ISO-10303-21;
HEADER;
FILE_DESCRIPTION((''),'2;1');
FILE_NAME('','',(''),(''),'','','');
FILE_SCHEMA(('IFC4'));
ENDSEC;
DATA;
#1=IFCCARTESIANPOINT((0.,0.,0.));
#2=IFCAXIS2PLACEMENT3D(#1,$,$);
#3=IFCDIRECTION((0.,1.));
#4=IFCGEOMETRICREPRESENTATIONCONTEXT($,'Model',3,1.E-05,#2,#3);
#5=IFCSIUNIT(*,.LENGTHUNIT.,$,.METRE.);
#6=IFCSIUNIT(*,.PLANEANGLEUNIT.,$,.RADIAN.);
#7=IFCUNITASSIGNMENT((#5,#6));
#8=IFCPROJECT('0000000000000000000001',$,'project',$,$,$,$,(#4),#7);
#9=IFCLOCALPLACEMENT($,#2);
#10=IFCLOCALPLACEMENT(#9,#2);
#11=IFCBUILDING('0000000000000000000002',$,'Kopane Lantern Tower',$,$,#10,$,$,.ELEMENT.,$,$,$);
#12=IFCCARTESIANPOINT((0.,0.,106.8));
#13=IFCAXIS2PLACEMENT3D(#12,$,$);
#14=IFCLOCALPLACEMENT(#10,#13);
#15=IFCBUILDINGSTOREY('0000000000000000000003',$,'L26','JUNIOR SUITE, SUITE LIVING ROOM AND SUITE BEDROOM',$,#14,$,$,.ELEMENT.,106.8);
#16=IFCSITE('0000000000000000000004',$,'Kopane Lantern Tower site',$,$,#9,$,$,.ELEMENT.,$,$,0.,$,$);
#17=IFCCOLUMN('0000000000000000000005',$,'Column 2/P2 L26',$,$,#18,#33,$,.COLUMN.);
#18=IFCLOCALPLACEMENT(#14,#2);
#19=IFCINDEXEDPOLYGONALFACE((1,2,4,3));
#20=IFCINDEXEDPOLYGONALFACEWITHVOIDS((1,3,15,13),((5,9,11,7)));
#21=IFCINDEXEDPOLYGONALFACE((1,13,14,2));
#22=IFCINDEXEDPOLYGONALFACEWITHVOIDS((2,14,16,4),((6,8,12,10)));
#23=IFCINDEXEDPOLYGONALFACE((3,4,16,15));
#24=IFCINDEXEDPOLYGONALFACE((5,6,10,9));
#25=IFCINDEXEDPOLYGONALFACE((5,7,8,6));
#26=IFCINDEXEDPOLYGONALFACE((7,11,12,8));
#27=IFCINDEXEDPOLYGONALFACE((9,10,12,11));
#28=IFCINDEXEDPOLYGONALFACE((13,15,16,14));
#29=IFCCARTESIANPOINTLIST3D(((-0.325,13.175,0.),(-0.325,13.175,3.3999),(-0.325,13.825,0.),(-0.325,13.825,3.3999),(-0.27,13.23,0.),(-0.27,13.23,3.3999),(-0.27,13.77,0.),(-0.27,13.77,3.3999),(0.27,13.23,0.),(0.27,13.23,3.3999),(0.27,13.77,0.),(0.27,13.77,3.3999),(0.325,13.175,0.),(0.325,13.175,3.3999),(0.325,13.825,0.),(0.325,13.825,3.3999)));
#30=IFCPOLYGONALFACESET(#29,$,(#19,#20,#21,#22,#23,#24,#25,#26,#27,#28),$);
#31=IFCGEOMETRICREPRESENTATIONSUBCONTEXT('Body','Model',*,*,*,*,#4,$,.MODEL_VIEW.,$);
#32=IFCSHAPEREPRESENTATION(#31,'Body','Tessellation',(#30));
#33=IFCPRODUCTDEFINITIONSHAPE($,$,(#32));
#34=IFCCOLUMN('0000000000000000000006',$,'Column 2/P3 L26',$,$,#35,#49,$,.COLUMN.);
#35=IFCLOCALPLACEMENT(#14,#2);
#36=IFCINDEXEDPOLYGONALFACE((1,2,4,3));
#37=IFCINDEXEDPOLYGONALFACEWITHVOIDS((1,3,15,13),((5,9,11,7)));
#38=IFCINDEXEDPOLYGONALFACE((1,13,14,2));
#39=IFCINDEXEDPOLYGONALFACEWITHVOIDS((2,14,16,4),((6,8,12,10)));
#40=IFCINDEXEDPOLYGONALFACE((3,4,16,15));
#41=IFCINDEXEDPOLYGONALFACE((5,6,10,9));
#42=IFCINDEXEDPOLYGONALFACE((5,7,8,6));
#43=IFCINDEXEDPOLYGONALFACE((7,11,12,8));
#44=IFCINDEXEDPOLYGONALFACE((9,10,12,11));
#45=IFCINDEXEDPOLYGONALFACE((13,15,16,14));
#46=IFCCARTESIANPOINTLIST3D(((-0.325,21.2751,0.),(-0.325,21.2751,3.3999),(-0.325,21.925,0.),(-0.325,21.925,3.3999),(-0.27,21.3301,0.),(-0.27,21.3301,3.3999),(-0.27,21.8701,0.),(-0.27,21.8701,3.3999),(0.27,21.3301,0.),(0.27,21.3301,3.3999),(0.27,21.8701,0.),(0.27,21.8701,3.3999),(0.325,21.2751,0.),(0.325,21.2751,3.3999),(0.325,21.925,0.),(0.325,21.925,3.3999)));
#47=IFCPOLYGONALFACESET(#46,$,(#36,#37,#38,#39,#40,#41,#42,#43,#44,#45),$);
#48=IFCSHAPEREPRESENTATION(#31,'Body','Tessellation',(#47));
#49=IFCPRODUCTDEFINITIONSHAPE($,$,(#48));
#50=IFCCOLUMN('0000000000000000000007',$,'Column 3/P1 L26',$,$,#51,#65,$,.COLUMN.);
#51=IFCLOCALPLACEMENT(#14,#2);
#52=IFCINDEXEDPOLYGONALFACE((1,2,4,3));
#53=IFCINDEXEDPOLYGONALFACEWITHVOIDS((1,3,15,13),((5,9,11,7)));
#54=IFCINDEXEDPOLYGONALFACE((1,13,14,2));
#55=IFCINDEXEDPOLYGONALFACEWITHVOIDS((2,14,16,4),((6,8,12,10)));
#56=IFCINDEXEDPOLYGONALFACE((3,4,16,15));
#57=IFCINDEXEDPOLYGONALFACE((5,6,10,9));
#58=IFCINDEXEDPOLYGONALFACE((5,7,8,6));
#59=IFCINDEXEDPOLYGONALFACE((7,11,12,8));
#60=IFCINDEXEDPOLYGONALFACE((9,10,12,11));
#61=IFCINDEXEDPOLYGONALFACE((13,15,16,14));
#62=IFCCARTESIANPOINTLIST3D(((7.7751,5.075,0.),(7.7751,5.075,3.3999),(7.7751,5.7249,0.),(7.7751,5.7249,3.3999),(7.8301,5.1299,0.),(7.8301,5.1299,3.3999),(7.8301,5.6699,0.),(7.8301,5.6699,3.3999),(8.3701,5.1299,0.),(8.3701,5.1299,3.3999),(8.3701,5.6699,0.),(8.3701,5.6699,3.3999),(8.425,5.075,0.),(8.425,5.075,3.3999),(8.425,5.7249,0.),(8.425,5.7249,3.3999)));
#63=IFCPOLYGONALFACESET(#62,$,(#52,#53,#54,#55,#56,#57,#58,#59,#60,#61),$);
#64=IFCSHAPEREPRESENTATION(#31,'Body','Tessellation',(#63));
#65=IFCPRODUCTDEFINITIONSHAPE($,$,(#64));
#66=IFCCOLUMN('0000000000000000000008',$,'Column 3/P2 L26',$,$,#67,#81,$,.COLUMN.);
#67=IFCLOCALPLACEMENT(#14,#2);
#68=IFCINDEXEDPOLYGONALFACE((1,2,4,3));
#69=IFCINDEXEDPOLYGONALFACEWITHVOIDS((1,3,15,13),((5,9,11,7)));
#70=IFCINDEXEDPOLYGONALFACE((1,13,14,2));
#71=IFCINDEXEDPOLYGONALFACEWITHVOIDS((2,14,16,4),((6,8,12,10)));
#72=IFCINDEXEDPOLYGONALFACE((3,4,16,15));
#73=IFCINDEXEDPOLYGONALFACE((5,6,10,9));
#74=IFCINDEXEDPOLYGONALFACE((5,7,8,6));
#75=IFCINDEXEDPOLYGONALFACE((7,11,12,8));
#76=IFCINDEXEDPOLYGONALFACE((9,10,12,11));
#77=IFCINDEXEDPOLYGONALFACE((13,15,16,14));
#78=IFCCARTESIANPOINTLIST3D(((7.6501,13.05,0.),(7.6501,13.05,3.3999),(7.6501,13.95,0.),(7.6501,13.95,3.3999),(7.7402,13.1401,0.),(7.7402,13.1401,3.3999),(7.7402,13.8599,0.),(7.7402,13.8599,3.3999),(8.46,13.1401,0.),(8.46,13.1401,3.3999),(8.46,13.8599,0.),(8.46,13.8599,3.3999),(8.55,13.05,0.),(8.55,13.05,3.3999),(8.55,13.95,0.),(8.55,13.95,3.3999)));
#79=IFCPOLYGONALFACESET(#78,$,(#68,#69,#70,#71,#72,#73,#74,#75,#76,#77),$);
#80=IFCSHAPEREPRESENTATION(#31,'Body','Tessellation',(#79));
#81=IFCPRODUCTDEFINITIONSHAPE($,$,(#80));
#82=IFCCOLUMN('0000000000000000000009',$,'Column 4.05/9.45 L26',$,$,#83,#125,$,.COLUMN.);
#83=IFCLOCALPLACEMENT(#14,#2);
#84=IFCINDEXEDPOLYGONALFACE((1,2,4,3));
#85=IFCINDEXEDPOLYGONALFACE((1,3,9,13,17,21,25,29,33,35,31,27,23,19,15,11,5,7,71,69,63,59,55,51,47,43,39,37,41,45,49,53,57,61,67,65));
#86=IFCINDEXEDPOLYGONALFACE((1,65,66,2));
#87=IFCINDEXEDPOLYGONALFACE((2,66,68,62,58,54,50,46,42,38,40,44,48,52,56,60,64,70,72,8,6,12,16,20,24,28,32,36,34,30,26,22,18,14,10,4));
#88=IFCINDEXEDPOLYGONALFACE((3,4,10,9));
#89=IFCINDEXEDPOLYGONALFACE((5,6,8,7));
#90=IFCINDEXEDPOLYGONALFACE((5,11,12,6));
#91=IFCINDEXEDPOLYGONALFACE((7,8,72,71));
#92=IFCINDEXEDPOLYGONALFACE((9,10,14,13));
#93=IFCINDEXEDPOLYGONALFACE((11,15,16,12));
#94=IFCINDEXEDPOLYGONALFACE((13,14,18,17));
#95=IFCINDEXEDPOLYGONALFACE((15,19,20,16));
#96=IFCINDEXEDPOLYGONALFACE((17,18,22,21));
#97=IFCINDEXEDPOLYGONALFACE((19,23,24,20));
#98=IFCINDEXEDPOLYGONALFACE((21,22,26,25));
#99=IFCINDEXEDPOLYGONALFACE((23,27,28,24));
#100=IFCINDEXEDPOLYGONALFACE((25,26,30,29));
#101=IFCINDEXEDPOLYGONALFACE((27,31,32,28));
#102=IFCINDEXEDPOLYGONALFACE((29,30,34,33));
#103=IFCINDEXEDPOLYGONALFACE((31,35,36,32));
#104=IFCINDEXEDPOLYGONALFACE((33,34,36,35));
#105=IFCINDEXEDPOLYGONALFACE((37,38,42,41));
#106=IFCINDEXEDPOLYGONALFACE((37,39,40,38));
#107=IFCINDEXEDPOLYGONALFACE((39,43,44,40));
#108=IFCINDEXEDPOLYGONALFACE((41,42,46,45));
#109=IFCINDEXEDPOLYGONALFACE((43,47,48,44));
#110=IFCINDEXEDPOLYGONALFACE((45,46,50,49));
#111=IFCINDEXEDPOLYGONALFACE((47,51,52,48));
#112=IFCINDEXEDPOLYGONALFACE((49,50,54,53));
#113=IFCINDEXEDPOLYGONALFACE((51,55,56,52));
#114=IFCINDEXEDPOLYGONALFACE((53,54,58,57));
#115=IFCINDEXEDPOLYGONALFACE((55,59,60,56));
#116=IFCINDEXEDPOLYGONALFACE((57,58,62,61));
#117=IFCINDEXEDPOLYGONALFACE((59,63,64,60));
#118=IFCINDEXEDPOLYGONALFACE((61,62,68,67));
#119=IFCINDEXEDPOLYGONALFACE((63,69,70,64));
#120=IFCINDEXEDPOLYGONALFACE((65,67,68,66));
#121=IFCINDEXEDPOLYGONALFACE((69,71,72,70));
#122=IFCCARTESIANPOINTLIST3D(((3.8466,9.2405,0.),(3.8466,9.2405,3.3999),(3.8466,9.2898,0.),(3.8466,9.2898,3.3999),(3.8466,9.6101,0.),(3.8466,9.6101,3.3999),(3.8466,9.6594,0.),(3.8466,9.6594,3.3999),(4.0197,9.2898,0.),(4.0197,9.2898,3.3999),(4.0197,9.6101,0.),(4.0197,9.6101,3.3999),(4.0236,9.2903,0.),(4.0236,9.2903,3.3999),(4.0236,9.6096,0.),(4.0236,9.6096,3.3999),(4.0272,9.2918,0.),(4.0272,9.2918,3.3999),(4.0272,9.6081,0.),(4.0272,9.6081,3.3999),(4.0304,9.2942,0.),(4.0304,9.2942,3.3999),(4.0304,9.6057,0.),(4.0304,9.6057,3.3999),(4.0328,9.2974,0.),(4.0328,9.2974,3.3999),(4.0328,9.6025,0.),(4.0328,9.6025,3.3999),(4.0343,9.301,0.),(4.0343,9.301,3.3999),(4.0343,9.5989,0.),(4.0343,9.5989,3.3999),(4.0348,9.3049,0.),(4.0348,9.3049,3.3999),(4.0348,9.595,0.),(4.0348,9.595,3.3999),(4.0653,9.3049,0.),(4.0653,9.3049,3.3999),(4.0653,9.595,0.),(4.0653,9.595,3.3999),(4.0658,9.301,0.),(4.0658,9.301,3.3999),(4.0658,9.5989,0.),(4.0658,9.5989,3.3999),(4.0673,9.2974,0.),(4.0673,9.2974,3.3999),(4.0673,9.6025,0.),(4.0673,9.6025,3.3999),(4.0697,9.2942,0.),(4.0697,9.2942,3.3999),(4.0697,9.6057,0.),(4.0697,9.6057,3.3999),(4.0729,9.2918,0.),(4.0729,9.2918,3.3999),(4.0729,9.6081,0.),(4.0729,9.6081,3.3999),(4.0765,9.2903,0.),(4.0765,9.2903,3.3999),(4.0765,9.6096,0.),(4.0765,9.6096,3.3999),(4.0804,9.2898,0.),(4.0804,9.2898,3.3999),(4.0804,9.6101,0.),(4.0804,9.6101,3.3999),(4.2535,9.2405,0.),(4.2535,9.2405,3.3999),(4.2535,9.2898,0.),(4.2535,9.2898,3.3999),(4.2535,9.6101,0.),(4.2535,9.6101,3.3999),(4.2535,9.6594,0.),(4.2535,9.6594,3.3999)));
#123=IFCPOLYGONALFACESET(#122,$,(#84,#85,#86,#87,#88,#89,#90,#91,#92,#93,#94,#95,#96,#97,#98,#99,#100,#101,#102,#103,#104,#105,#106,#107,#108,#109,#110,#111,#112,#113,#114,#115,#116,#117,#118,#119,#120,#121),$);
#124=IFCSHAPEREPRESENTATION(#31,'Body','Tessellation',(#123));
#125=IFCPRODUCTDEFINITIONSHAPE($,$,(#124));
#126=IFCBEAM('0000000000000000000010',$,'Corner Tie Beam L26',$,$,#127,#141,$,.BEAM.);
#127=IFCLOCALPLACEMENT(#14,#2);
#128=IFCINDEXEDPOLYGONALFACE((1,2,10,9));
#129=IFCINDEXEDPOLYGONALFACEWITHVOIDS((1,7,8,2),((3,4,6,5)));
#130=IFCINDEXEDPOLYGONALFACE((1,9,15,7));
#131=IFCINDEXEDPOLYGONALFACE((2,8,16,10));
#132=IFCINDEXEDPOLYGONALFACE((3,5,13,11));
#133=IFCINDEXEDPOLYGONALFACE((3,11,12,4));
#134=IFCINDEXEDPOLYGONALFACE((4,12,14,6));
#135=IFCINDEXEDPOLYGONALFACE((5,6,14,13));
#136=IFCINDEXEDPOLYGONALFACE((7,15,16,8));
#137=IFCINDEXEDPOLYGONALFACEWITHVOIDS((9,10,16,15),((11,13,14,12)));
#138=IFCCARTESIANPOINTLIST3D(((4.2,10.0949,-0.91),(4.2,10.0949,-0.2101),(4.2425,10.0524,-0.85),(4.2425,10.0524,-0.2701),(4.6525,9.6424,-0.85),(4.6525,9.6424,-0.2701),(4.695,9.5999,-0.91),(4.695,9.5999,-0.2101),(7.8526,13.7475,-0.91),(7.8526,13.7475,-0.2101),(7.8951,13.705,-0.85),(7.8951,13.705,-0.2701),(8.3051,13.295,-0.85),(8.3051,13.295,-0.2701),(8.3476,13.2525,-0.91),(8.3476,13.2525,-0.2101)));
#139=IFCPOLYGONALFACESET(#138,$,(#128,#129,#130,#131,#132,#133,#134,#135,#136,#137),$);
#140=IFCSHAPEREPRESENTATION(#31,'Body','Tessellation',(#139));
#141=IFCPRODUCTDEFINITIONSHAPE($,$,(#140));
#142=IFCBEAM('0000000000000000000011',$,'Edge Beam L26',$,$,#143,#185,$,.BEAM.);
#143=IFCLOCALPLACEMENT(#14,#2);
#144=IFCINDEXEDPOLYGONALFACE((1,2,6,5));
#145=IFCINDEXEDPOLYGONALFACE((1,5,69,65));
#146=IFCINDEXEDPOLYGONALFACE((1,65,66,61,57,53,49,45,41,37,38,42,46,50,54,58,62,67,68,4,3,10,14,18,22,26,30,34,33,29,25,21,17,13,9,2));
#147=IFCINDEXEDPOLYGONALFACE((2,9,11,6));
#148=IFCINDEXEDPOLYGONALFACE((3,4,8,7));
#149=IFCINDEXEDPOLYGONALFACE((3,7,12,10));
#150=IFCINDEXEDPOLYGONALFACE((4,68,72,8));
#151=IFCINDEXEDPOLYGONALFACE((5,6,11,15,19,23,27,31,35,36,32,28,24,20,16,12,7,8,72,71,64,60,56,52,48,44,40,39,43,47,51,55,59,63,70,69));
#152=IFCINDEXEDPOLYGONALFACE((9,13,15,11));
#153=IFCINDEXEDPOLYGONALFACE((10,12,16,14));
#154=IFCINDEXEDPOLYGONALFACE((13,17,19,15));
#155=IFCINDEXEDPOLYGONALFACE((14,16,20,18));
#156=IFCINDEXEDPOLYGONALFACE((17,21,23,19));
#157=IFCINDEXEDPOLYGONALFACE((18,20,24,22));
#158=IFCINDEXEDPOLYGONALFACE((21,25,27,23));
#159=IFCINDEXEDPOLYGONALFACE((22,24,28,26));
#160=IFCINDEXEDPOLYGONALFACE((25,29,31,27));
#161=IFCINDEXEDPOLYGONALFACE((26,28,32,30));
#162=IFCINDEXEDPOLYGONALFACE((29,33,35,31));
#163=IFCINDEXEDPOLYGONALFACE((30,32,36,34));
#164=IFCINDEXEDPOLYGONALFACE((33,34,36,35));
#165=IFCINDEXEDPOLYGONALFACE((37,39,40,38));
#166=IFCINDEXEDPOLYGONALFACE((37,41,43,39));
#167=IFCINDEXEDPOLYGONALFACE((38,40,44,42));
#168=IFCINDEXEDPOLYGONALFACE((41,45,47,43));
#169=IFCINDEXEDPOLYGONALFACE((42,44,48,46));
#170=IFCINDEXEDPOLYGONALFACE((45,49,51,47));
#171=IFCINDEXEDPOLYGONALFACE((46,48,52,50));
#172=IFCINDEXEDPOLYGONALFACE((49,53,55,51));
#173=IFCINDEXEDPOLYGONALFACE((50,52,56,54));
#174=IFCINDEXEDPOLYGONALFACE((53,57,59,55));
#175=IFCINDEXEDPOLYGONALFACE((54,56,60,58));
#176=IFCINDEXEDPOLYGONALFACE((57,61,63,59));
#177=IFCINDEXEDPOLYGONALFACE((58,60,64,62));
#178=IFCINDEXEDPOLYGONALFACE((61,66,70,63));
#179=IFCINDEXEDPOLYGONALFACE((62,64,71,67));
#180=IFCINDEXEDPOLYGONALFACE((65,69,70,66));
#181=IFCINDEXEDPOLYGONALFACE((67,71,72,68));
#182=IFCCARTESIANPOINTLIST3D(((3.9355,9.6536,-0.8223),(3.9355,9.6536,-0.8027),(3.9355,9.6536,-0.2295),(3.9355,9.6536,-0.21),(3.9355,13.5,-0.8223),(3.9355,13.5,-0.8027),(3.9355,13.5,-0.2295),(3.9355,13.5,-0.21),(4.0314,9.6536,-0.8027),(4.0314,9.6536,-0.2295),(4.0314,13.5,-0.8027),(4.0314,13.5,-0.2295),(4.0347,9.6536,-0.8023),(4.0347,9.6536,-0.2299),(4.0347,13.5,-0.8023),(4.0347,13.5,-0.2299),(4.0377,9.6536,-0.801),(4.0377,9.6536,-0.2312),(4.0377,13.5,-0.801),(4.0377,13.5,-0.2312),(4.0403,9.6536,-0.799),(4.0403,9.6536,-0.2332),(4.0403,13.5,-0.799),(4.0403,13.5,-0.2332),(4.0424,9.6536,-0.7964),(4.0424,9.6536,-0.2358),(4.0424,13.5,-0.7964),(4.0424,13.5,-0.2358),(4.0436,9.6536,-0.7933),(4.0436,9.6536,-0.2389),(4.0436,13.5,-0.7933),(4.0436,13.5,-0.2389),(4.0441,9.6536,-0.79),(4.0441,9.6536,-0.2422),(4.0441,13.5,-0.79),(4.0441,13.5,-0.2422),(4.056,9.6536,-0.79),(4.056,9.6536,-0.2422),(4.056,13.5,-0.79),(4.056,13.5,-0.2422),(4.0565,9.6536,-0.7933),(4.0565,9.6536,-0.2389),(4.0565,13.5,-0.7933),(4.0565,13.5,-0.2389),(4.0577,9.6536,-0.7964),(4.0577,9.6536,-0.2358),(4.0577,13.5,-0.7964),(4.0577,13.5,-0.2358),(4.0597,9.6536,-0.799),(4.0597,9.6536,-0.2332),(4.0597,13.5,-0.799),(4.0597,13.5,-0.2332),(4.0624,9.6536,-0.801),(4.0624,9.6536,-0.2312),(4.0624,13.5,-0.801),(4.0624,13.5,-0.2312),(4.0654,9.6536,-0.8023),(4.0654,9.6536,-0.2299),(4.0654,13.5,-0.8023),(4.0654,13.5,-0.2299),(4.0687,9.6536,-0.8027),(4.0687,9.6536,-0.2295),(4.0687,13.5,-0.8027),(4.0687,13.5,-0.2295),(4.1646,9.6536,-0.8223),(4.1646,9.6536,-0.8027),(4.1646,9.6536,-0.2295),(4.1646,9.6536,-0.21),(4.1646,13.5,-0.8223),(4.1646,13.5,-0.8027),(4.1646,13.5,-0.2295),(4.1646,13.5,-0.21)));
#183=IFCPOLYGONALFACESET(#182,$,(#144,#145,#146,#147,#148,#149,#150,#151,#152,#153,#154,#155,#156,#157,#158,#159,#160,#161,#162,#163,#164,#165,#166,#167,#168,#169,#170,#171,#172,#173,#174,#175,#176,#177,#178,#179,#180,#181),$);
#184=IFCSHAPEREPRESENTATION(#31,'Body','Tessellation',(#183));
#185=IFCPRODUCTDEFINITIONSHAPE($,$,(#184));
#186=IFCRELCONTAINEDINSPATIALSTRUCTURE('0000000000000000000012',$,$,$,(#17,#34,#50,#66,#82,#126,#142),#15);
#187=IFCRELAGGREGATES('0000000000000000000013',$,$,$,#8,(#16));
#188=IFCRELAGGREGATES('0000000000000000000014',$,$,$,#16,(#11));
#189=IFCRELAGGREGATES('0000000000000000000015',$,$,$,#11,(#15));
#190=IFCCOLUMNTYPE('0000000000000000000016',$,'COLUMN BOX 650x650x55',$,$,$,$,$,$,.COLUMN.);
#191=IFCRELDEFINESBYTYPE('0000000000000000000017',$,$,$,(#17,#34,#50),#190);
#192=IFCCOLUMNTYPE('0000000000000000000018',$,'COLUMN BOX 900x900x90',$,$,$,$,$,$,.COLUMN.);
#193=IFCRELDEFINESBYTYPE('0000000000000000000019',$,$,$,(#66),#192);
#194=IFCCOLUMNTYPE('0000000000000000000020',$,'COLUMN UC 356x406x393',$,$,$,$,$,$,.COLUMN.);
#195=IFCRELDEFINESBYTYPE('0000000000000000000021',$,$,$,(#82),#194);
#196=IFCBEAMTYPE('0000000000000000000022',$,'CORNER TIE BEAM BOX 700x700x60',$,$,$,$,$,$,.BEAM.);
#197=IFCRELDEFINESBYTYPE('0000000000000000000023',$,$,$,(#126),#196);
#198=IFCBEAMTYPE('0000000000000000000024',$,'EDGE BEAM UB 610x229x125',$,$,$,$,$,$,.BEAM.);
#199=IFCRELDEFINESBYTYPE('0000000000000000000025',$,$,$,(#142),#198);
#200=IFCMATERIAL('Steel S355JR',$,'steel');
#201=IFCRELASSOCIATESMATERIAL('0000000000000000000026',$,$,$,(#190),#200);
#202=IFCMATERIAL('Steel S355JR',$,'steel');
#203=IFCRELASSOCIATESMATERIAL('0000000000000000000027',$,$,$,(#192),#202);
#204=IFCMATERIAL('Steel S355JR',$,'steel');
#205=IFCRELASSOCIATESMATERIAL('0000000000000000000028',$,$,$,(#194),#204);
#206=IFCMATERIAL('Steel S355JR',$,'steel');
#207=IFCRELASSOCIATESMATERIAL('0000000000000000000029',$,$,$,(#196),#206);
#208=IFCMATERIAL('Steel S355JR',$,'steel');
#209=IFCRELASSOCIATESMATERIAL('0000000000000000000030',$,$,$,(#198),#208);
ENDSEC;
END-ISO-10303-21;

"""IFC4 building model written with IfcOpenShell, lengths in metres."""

from ifc_helpers import new_model, si_unit, direction, frame, origin, origin_2d, place, context, subcontext, project, spatial, hollow_rectangle, i_section, extrude, material, material_profile, profile_set, type_object, element, save


model = new_model("IFC4")

# Units and contexts
model_context = context("Model", 3, precision=1e-05, world=origin(), true_north=direction((0.0, 1.0)))
body_context = subcontext(model_context, "Body", "Model", "MODEL_VIEW")
ifc_project = project(units=[si_unit("LENGTHUNIT", "METRE"), si_unit("PLANEANGLEUNIT", "RADIAN")], contexts=[model_context])

# Site, building, storey
site_placement = place(None, origin())
site = spatial("IfcSite", under=ifc_project, at=site_placement, Name="Kopane Lantern Tower site", CompositionType="ELEMENT", RefElevation=0.0)
building_placement = place(site_placement, origin())
building = spatial("IfcBuilding", under=site, at=building_placement, Name="Kopane Lantern Tower", CompositionType="ELEMENT")
storey_placement = place(building_placement, frame((0.0, 0.0, 106.8)))
storey = spatial("IfcBuildingStorey", under=building, at=storey_placement, Name="L26", Description="JUNIOR SUITE, SUITE LIVING ROOM AND SUITE BEDROOM", CompositionType="ELEMENT", Elevation=106.8)

# Columns
ifc_material_1 = material(Name="Steel S355JR", Category="steel")
ifc_material_profile_1 = material_profile(ifc_material_1, hollow_rectangle(XDim=0.6499, YDim=0.6499, WallThickness=0.0549, at=origin_2d()), Name="BOX 650x650x55")
ifc_profile_set_1 = profile_set([ifc_material_profile_1], Name="Steel S355JR")
column_type_1 = type_object("IfcColumnType", Name="COLUMN BOX 650x650x55", PredefinedType="COLUMN", material=ifc_profile_set_1)
for number, where, z_axis, x_axis, name in (
    (1, (0.0, 13.5, 0.0), (0.0, 0.0, 1.0), (1.0, 0.0, 0.0), "Column 2/P2 L26"),
    (2, (0.0, 21.6001, 0.0), (0.0, 0.0, 1.0), (1.0, 0.0, 0.0), "Column 2/P3 L26"),
    (3, (8.1001, 5.3999, 0.0), (0.0, 0.0, 1.0), (1.0, 0.0, 0.0), "Column 3/P1 L26"),
):
    element("IfcColumn", number, at=place(storey_placement, frame(where, z_axis=z_axis, x_axis=x_axis)), inside=storey, type_object=column_type_1, Name=name, PredefinedType="COLUMN", context=body_context, shape_type="SweptSolid", body=[
        extrude(hollow_rectangle(XDim=0.6499, YDim=0.6499, WallThickness=0.0549, at=origin_2d()), origin(), (0.0, 0.0, 1.0), 3.3999),
    ])
ifc_material_2 = material(Name="Steel S355JR", Category="steel")
ifc_material_profile_2 = material_profile(ifc_material_2, hollow_rectangle(XDim=0.8999, YDim=0.8999, WallThickness=0.0901, at=origin_2d()), Name="BOX 900x900x90")
ifc_profile_set_2 = profile_set([ifc_material_profile_2], Name="Steel S355JR")
column_type_2 = type_object("IfcColumnType", Name="COLUMN BOX 900x900x90", PredefinedType="COLUMN", material=ifc_profile_set_2)
column_1_placement = place(storey_placement, frame((8.1001, 13.5, 0.0), z_axis=(0.0, 0.0, 1.0), x_axis=(1.0, 0.0, 0.0)))
element("IfcColumn", 4, at=column_1_placement, inside=storey, type_object=column_type_2, Name="Column 3/P2 L26", PredefinedType="COLUMN", context=body_context, shape_type="SweptSolid", body=[
    extrude(hollow_rectangle(XDim=0.8999, YDim=0.8999, WallThickness=0.0901, at=origin_2d()), origin(), (0.0, 0.0, 1.0), 3.3999),
])
ifc_material_3 = material(Name="Steel S355JR", Category="steel")
ifc_material_profile_3 = material_profile(ifc_material_3, i_section(OverallWidth=0.407, OverallDepth=0.4189, WebThickness=0.0305, FlangeThickness=0.0493, FilletRadius=0.0151, at=origin_2d()), Name="UC 356x406x393")
ifc_profile_set_3 = profile_set([ifc_material_profile_3], Name="Steel S355JR")
column_type_3 = type_object("IfcColumnType", Name="COLUMN UC 356x406x393", PredefinedType="COLUMN", material=ifc_profile_set_3)
column_2_placement = place(storey_placement, frame((4.05, 9.45, 0.0), z_axis=(0.0, 0.0, 1.0), x_axis=(1.0, 0.0, 0.0)))
element("IfcColumn", 5, at=column_2_placement, inside=storey, type_object=column_type_3, Name="Column 4.05/9.45 L26", PredefinedType="COLUMN", context=body_context, shape_type="SweptSolid", body=[
    extrude(i_section(OverallWidth=0.407, OverallDepth=0.4189, WebThickness=0.0305, FlangeThickness=0.0493, FilletRadius=0.0151, at=origin_2d()), origin(), (0.0, 0.0, 1.0), 3.3999),
])

# Beams
ifc_material_4 = material(Name="Steel S355JR", Category="steel")
ifc_material_profile_4 = material_profile(ifc_material_4, hollow_rectangle(XDim=0.7, YDim=0.7, WallThickness=0.0601, at=origin_2d()), Name="BOX 700x700x60")
ifc_profile_set_4 = profile_set([ifc_material_profile_4], Name="Steel S355JR")
beam_type_1 = type_object("IfcBeamType", Name="CORNER TIE BEAM BOX 700x700x60", PredefinedType="BEAM", material=ifc_profile_set_4)
beam_1_placement = place(storey_placement, frame((4.4475, 9.8474, -0.5601), z_axis=(0.707107, 0.707107, 0.0), x_axis=(-0.707107, 0.707107, 0.0)))
element("IfcBeam", 6, at=beam_1_placement, inside=storey, type_object=beam_type_1, Name="Corner Tie Beam L26", PredefinedType="BEAM", context=body_context, shape_type="SweptSolid", body=[
    extrude(hollow_rectangle(XDim=0.7, YDim=0.7, WallThickness=0.0601, at=origin_2d()), origin(), (0.0, 0.0, 1.0), 5.1655),
])
ifc_material_5 = material(Name="Steel S355JR", Category="steel")
ifc_material_profile_5 = material_profile(ifc_material_5, i_section(OverallWidth=0.229, OverallDepth=0.6123, WebThickness=0.012, FlangeThickness=0.0195, FilletRadius=0.0127, at=origin_2d()), Name="UB 610x229x125")
ifc_profile_set_5 = profile_set([ifc_material_profile_5], Name="Steel S355JR")
beam_type_2 = type_object("IfcBeamType", Name="EDGE BEAM UB 610x229x125", PredefinedType="BEAM", material=ifc_profile_set_5)
beam_2_placement = place(storey_placement, frame((4.05, 9.6536, -0.5161), z_axis=(0.0, 1.0, 0.0), x_axis=(-1.0, 0.0, 0.0)))
element("IfcBeam", 7, at=beam_2_placement, inside=storey, type_object=beam_type_2, Name="Edge Beam L26", PredefinedType="BEAM", context=body_context, shape_type="SweptSolid", body=[
    extrude(i_section(OverallWidth=0.229, OverallDepth=0.6123, WebThickness=0.012, FlangeThickness=0.0195, FilletRadius=0.0127, at=origin_2d()), origin(), (0.0, 0.0, 1.0), 3.8464),
])

save(model, "model.ifc")
